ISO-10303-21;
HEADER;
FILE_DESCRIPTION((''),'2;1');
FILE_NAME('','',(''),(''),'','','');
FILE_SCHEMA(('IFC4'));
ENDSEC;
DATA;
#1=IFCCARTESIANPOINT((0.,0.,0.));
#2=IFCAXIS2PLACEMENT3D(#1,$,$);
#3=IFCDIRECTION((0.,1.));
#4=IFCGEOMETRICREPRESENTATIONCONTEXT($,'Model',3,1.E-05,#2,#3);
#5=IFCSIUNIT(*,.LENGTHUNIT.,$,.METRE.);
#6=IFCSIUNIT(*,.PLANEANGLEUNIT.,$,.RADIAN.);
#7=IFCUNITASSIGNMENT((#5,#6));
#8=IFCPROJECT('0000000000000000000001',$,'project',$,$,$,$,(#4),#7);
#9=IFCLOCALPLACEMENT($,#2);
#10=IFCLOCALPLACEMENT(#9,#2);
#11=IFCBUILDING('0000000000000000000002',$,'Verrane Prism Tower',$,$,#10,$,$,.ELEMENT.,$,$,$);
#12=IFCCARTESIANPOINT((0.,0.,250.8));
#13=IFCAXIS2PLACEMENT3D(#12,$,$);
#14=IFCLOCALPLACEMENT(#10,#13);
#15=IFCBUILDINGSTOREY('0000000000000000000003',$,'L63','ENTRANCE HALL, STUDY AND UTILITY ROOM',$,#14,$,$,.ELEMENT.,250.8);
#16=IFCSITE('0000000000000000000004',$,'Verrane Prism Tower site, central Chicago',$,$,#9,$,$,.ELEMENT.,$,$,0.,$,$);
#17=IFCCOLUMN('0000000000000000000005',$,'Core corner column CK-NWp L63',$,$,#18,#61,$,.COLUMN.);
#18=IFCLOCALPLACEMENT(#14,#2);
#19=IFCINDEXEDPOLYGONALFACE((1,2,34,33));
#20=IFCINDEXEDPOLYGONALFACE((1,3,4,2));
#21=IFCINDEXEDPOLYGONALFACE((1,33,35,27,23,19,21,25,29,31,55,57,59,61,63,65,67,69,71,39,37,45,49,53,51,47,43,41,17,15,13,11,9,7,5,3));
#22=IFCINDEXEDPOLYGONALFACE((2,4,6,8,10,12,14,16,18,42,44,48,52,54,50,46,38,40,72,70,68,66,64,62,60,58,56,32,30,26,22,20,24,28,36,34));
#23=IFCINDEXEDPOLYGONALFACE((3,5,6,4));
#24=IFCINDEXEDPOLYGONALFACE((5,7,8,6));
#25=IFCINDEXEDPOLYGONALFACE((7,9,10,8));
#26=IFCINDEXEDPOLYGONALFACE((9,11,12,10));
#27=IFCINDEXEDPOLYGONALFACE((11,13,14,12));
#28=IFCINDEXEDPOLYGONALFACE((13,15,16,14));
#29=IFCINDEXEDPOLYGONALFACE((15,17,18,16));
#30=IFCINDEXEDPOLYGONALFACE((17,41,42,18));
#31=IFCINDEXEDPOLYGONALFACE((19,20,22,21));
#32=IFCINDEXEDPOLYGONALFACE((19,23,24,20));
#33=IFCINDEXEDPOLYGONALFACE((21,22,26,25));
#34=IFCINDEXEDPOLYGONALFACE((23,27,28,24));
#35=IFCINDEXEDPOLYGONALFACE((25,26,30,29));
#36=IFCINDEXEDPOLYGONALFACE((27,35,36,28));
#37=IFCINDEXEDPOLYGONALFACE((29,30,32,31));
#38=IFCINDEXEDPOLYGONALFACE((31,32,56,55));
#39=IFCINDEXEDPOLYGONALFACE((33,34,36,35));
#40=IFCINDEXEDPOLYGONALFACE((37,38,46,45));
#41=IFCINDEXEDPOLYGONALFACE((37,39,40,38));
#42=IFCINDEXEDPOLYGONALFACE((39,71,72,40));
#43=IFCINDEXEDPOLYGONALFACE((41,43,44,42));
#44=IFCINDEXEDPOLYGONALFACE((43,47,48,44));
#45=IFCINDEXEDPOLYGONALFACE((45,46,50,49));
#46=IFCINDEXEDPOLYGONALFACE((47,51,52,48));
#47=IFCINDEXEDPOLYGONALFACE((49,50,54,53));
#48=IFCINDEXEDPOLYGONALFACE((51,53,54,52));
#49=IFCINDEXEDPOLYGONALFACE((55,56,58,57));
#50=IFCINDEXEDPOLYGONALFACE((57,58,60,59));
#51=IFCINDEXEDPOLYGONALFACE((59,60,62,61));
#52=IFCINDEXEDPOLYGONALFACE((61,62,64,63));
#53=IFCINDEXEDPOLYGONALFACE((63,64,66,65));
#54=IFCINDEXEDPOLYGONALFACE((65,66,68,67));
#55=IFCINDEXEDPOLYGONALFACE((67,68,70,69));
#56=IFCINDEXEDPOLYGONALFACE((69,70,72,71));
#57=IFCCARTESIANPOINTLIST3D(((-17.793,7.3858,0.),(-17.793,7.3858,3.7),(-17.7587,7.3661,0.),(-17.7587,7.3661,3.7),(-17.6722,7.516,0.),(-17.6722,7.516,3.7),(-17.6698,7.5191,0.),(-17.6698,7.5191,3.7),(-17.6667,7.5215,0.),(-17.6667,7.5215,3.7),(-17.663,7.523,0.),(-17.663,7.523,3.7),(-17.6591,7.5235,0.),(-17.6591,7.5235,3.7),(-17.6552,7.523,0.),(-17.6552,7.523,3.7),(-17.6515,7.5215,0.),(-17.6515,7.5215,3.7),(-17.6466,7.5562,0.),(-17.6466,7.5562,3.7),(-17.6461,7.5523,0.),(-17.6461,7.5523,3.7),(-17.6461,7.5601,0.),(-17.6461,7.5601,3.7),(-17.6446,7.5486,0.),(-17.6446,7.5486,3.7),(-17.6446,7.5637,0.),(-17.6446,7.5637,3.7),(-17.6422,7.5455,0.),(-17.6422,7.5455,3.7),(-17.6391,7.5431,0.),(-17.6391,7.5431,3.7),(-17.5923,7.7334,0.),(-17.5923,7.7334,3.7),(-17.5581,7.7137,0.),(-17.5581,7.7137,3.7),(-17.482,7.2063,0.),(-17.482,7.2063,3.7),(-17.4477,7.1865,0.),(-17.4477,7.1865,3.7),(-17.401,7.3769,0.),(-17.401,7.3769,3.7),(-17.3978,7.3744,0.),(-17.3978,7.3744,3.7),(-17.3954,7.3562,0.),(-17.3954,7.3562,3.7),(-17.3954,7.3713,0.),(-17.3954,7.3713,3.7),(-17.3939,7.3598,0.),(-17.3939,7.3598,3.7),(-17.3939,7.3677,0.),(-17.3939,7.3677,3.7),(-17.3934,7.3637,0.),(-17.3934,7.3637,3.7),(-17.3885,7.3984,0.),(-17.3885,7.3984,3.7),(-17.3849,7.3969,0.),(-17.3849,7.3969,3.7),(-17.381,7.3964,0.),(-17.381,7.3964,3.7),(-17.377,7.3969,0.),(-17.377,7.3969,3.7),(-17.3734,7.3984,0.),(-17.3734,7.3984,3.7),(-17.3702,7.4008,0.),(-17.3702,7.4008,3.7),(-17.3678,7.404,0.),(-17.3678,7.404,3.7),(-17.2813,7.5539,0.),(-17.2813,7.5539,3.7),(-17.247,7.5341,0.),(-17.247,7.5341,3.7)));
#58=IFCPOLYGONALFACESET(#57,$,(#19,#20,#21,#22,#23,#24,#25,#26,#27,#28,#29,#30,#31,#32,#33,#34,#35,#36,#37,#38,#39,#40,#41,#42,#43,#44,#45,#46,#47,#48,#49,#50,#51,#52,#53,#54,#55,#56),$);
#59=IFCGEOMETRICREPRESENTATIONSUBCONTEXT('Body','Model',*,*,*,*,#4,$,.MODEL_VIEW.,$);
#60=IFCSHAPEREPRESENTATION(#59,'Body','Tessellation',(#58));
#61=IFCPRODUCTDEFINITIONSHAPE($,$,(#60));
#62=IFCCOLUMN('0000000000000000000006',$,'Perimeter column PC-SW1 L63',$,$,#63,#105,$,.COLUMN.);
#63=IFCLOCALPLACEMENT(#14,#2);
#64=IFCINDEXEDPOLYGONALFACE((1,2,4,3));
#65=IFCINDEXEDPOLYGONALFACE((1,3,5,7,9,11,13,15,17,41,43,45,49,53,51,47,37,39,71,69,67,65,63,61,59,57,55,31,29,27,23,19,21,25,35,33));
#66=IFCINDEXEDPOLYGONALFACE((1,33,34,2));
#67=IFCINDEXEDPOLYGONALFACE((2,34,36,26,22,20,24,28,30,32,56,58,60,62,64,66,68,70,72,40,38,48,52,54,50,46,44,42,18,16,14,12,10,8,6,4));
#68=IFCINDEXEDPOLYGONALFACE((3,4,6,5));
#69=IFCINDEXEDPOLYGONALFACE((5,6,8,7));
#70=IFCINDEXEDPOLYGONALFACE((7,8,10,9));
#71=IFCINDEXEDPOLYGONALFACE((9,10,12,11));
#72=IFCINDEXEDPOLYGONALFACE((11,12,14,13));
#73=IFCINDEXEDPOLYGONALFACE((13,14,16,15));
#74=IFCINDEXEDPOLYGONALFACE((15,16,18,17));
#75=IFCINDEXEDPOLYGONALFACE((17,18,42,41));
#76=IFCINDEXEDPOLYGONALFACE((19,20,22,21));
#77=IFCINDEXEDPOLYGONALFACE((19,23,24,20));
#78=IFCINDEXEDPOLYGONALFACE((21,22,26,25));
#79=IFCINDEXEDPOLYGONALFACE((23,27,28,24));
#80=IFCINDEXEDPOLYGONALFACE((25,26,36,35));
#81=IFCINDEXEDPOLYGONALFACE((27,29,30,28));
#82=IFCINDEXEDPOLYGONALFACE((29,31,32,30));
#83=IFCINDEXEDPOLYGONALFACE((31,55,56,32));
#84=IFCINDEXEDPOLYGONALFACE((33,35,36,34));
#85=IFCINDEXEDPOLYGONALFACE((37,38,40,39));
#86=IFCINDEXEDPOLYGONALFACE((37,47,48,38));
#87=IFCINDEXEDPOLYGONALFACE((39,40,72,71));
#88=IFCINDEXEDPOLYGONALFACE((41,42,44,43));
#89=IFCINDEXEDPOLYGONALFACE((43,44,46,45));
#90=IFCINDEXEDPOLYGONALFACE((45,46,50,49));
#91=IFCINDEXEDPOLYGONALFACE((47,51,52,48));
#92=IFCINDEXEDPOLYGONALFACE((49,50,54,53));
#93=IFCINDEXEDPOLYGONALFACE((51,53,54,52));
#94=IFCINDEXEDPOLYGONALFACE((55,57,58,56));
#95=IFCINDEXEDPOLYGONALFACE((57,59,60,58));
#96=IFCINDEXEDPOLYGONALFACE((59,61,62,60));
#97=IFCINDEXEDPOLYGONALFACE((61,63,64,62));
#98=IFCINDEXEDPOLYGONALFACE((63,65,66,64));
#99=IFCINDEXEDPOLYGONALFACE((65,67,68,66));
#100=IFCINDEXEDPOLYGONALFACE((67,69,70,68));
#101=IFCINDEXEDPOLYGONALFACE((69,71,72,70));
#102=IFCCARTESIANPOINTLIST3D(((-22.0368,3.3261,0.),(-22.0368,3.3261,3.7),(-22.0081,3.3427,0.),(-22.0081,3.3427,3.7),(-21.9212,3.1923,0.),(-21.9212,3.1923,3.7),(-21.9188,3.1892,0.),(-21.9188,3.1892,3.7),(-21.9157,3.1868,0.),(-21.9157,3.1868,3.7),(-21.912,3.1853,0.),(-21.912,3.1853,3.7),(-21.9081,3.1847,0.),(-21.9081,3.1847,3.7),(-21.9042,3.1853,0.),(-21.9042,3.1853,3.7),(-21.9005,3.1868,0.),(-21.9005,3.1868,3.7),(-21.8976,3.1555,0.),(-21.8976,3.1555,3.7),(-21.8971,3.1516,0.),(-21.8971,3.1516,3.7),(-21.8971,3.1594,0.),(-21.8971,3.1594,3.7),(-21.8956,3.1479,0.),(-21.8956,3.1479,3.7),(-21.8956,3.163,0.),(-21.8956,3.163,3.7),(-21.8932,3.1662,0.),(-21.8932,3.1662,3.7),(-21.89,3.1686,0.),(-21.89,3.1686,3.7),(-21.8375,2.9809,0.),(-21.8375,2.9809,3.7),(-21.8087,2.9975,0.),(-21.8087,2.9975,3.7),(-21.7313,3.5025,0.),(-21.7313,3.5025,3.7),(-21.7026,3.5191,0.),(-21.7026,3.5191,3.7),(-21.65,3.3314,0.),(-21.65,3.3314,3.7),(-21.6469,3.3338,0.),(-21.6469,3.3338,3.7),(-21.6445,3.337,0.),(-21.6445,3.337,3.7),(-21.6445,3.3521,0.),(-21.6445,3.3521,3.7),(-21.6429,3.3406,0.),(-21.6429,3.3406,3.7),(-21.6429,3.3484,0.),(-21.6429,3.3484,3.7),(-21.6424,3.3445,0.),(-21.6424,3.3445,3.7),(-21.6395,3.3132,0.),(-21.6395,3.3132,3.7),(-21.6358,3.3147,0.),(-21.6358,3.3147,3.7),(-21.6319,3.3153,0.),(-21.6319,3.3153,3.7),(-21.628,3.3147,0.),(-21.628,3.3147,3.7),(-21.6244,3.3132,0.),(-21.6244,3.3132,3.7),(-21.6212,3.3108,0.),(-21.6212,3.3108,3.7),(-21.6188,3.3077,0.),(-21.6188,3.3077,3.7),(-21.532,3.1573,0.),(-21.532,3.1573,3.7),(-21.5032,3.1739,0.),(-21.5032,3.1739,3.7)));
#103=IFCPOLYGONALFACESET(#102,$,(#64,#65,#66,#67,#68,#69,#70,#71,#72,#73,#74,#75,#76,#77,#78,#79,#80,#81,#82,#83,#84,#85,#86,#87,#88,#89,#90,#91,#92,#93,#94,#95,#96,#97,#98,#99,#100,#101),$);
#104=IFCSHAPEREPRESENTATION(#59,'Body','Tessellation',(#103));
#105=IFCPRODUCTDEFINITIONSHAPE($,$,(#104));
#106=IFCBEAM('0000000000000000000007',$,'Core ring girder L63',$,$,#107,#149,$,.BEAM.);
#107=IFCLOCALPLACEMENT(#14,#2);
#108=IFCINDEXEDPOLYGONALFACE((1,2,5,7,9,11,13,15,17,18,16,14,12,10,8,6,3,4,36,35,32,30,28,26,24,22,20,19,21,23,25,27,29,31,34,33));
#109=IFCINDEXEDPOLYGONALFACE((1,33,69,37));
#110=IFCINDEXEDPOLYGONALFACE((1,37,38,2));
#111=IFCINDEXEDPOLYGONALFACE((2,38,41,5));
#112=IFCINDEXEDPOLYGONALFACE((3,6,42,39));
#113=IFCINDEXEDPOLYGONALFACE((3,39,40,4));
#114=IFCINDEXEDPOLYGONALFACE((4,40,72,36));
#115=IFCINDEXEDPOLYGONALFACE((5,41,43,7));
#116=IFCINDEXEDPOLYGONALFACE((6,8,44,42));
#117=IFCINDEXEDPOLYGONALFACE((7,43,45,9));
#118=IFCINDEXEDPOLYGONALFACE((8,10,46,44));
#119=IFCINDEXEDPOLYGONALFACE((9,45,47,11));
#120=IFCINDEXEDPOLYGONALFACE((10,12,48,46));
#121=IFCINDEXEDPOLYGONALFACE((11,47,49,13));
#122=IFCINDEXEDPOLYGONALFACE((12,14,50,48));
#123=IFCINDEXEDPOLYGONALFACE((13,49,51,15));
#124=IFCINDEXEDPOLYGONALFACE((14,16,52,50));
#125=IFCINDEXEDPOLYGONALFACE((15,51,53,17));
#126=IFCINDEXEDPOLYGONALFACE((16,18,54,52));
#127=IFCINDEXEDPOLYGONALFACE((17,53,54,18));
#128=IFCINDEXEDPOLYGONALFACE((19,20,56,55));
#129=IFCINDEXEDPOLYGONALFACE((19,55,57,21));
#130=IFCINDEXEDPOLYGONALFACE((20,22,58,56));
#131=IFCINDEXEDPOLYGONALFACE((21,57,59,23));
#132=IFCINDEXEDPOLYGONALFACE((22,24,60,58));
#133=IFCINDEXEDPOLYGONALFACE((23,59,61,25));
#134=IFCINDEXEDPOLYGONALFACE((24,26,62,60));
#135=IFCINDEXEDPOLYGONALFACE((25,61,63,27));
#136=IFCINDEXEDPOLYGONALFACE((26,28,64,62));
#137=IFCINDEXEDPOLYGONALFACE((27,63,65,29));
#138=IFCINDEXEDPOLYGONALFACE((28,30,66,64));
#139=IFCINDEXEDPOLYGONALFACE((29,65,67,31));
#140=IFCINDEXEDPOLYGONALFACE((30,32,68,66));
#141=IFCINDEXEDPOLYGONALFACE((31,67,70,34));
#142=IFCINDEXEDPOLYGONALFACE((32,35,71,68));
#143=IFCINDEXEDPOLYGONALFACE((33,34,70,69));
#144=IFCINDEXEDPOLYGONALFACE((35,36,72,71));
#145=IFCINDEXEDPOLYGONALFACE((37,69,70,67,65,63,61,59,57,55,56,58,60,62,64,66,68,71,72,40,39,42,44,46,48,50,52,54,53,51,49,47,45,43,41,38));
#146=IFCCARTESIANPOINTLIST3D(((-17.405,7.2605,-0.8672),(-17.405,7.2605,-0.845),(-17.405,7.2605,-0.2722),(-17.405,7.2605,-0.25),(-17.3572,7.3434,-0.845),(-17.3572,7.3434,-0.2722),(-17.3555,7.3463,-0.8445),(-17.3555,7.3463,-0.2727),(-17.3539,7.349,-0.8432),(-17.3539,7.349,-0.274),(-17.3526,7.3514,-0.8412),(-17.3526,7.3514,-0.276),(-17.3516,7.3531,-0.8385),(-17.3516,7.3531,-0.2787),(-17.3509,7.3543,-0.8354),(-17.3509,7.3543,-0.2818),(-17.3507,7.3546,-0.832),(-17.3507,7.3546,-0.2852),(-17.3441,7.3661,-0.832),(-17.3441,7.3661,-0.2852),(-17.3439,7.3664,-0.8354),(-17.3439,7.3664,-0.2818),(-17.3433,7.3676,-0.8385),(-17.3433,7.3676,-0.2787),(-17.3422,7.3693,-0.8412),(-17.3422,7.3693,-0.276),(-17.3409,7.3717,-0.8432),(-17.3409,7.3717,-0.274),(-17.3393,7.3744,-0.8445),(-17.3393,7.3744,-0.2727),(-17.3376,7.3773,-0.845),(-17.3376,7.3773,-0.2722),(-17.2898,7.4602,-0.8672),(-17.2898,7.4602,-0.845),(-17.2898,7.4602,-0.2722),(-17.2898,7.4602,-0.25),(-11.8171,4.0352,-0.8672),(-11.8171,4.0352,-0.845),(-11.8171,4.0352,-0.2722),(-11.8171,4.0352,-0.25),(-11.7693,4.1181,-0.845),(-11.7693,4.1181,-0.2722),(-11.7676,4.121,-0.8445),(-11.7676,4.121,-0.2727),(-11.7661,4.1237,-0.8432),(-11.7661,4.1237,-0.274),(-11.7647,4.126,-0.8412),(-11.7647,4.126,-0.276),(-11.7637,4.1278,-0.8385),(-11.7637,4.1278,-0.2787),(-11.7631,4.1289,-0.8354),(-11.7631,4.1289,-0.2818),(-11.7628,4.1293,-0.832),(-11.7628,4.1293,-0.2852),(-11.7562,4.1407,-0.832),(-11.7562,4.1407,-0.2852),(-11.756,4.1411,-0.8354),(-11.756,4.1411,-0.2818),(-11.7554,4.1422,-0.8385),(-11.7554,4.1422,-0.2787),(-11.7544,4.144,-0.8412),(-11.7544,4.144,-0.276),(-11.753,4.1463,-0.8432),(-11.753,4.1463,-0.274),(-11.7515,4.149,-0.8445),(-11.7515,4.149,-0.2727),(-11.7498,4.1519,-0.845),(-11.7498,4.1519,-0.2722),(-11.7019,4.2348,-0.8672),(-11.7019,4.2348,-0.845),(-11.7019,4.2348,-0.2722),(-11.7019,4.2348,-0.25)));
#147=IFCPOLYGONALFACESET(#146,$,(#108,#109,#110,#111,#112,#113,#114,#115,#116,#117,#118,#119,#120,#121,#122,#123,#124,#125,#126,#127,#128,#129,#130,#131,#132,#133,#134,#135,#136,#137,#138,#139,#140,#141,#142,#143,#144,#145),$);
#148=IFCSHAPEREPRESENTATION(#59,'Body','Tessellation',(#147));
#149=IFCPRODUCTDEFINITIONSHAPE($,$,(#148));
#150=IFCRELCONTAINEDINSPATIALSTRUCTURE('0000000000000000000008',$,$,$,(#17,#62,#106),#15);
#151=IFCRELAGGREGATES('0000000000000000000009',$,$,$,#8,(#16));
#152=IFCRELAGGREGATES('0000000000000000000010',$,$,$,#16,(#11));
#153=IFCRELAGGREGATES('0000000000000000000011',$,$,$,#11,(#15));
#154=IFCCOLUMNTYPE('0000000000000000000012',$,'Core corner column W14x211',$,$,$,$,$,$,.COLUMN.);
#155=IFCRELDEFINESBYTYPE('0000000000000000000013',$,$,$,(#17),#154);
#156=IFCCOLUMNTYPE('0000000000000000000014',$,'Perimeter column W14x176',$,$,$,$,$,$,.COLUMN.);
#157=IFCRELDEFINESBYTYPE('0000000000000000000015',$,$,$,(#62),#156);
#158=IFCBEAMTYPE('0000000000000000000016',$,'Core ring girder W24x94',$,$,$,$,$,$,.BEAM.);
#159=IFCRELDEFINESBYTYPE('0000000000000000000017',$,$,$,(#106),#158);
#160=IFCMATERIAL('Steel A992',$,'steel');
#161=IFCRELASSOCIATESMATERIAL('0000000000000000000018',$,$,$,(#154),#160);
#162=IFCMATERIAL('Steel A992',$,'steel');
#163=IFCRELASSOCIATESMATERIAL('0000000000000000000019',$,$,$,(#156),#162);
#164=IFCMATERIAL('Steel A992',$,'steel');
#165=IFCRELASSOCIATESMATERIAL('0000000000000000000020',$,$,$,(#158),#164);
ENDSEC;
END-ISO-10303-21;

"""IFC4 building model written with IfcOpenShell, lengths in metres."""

from ifc_helpers import new_model, si_unit, direction, frame, origin, origin_2d, place, context, subcontext, project, spatial, i_section, extrude, material, material_profile, profile_set, type_object, element, save


model = new_model("IFC4")

# Units and contexts
model_context = context("Model", 3, precision=1e-05, world=origin(), true_north=direction((0.0, 1.0)))
body_context = subcontext(model_context, "Body", "Model", "MODEL_VIEW")
ifc_project = project(units=[si_unit("LENGTHUNIT", "METRE"), si_unit("PLANEANGLEUNIT", "RADIAN")], contexts=[model_context])

# Site, building, storey
site_placement = place(None, origin())
site = spatial("IfcSite", under=ifc_project, at=site_placement, Name="Verrane Prism Tower site, central Chicago", CompositionType="ELEMENT", RefElevation=0.0)
building_placement = place(site_placement, origin())
building = spatial("IfcBuilding", under=site, at=building_placement, Name="Verrane Prism Tower", CompositionType="ELEMENT")
storey_placement = place(building_placement, frame((0.0, 0.0, 250.8)))
storey = spatial("IfcBuildingStorey", under=building, at=storey_placement, Name="L63", Description="ENTRANCE HALL, STUDY AND UTILITY ROOM", CompositionType="ELEMENT", Elevation=250.8)

# Columns
ifc_material_1 = material(Name="Steel A992", Category="steel")
ifc_material_profile_1 = material_profile(ifc_material_1, i_section(OverallWidth=0.4014, OverallDepth=0.3987, WebThickness=0.0249, FlangeThickness=0.0396, FilletRadius=0.0151, at=origin_2d()), Name="W14x211")
ifc_profile_set_1 = profile_set([ifc_material_profile_1], Name="Steel A992")
column_type_1 = type_object("IfcColumnType", Name="Core corner column W14x211", PredefinedType="COLUMN", material=ifc_profile_set_1)
column_1_placement = place(storey_placement, frame((-17.52, 7.46, 0.0), z_axis=(0.0, 0.0, 1.0), x_axis=(0.5, 0.866025, 0.0)))
element("IfcColumn", 1, at=column_1_placement, inside=storey, type_object=column_type_1, Name="Core corner column CK-NWp L63", PredefinedType="COLUMN", context=body_context, shape_type="SweptSolid", body=[
    extrude(i_section(OverallWidth=0.4014, OverallDepth=0.3987, WebThickness=0.0249, FlangeThickness=0.0396, FilletRadius=0.0151, at=origin_2d()), origin(), (0.0, 0.0, 1.0), 3.7),
])
ifc_material_2 = material(Name="Steel A992", Category="steel")
ifc_material_profile_2 = material_profile(ifc_material_2, i_section(OverallWidth=0.3987, OverallDepth=0.386, WebThickness=0.021, FlangeThickness=0.0332, FilletRadius=0.0151, at=origin_2d()), Name="W14x176")
ifc_profile_set_2 = profile_set([ifc_material_profile_2], Name="Steel A992")
column_type_2 = type_object("IfcColumnType", Name="Perimeter column W14x176", PredefinedType="COLUMN", material=ifc_profile_set_2)
column_2_placement = place(storey_placement, frame((-21.77, 3.25, 0.0), z_axis=(0.0, 0.0, 1.0), x_axis=(-0.5, 0.866025, 0.0)))
element("IfcColumn", 2, at=column_2_placement, inside=storey, type_object=column_type_2, Name="Perimeter column PC-SW1 L63", PredefinedType="COLUMN", context=body_context, shape_type="SweptSolid", body=[
    extrude(i_section(OverallWidth=0.3987, OverallDepth=0.386, WebThickness=0.021, FlangeThickness=0.0332, FilletRadius=0.0151, at=origin_2d()), origin(), (0.0, 0.0, 1.0), 3.7),
])

# Beam
ifc_material_3 = material(Name="Steel A992", Category="steel")
ifc_material_profile_3 = material_profile(ifc_material_3, i_section(OverallWidth=0.2305, OverallDepth=0.6172, WebThickness=0.0132, FlangeThickness=0.0222, FilletRadius=0.0129, at=origin_2d()), Name="W24x94")
ifc_profile_set_3 = profile_set([ifc_material_profile_3], Name="Steel A992")
beam_type_1 = type_object("IfcBeamType", Name="Core ring girder W24x94", PredefinedType="BEAM", material=ifc_profile_set_3)
beam_1_placement = place(storey_placement, frame((-17.3474, 7.3604, -0.5586), z_axis=(0.866081, -0.499904, 0.0), x_axis=(0.499904, 0.866081, 0.0)))
element("IfcBeam", 3, at=beam_1_placement, inside=storey, type_object=beam_type_1, Name="Core ring girder L63", PredefinedType="BEAM", context=body_context, shape_type="SweptSolid", body=[
    extrude(i_section(OverallWidth=0.2305, OverallDepth=0.6172, WebThickness=0.0132, FlangeThickness=0.0222, FilletRadius=0.0129, at=origin_2d()), origin(), (0.0, 0.0, 1.0), 6.4519),
])

save(model, "model.ifc")
